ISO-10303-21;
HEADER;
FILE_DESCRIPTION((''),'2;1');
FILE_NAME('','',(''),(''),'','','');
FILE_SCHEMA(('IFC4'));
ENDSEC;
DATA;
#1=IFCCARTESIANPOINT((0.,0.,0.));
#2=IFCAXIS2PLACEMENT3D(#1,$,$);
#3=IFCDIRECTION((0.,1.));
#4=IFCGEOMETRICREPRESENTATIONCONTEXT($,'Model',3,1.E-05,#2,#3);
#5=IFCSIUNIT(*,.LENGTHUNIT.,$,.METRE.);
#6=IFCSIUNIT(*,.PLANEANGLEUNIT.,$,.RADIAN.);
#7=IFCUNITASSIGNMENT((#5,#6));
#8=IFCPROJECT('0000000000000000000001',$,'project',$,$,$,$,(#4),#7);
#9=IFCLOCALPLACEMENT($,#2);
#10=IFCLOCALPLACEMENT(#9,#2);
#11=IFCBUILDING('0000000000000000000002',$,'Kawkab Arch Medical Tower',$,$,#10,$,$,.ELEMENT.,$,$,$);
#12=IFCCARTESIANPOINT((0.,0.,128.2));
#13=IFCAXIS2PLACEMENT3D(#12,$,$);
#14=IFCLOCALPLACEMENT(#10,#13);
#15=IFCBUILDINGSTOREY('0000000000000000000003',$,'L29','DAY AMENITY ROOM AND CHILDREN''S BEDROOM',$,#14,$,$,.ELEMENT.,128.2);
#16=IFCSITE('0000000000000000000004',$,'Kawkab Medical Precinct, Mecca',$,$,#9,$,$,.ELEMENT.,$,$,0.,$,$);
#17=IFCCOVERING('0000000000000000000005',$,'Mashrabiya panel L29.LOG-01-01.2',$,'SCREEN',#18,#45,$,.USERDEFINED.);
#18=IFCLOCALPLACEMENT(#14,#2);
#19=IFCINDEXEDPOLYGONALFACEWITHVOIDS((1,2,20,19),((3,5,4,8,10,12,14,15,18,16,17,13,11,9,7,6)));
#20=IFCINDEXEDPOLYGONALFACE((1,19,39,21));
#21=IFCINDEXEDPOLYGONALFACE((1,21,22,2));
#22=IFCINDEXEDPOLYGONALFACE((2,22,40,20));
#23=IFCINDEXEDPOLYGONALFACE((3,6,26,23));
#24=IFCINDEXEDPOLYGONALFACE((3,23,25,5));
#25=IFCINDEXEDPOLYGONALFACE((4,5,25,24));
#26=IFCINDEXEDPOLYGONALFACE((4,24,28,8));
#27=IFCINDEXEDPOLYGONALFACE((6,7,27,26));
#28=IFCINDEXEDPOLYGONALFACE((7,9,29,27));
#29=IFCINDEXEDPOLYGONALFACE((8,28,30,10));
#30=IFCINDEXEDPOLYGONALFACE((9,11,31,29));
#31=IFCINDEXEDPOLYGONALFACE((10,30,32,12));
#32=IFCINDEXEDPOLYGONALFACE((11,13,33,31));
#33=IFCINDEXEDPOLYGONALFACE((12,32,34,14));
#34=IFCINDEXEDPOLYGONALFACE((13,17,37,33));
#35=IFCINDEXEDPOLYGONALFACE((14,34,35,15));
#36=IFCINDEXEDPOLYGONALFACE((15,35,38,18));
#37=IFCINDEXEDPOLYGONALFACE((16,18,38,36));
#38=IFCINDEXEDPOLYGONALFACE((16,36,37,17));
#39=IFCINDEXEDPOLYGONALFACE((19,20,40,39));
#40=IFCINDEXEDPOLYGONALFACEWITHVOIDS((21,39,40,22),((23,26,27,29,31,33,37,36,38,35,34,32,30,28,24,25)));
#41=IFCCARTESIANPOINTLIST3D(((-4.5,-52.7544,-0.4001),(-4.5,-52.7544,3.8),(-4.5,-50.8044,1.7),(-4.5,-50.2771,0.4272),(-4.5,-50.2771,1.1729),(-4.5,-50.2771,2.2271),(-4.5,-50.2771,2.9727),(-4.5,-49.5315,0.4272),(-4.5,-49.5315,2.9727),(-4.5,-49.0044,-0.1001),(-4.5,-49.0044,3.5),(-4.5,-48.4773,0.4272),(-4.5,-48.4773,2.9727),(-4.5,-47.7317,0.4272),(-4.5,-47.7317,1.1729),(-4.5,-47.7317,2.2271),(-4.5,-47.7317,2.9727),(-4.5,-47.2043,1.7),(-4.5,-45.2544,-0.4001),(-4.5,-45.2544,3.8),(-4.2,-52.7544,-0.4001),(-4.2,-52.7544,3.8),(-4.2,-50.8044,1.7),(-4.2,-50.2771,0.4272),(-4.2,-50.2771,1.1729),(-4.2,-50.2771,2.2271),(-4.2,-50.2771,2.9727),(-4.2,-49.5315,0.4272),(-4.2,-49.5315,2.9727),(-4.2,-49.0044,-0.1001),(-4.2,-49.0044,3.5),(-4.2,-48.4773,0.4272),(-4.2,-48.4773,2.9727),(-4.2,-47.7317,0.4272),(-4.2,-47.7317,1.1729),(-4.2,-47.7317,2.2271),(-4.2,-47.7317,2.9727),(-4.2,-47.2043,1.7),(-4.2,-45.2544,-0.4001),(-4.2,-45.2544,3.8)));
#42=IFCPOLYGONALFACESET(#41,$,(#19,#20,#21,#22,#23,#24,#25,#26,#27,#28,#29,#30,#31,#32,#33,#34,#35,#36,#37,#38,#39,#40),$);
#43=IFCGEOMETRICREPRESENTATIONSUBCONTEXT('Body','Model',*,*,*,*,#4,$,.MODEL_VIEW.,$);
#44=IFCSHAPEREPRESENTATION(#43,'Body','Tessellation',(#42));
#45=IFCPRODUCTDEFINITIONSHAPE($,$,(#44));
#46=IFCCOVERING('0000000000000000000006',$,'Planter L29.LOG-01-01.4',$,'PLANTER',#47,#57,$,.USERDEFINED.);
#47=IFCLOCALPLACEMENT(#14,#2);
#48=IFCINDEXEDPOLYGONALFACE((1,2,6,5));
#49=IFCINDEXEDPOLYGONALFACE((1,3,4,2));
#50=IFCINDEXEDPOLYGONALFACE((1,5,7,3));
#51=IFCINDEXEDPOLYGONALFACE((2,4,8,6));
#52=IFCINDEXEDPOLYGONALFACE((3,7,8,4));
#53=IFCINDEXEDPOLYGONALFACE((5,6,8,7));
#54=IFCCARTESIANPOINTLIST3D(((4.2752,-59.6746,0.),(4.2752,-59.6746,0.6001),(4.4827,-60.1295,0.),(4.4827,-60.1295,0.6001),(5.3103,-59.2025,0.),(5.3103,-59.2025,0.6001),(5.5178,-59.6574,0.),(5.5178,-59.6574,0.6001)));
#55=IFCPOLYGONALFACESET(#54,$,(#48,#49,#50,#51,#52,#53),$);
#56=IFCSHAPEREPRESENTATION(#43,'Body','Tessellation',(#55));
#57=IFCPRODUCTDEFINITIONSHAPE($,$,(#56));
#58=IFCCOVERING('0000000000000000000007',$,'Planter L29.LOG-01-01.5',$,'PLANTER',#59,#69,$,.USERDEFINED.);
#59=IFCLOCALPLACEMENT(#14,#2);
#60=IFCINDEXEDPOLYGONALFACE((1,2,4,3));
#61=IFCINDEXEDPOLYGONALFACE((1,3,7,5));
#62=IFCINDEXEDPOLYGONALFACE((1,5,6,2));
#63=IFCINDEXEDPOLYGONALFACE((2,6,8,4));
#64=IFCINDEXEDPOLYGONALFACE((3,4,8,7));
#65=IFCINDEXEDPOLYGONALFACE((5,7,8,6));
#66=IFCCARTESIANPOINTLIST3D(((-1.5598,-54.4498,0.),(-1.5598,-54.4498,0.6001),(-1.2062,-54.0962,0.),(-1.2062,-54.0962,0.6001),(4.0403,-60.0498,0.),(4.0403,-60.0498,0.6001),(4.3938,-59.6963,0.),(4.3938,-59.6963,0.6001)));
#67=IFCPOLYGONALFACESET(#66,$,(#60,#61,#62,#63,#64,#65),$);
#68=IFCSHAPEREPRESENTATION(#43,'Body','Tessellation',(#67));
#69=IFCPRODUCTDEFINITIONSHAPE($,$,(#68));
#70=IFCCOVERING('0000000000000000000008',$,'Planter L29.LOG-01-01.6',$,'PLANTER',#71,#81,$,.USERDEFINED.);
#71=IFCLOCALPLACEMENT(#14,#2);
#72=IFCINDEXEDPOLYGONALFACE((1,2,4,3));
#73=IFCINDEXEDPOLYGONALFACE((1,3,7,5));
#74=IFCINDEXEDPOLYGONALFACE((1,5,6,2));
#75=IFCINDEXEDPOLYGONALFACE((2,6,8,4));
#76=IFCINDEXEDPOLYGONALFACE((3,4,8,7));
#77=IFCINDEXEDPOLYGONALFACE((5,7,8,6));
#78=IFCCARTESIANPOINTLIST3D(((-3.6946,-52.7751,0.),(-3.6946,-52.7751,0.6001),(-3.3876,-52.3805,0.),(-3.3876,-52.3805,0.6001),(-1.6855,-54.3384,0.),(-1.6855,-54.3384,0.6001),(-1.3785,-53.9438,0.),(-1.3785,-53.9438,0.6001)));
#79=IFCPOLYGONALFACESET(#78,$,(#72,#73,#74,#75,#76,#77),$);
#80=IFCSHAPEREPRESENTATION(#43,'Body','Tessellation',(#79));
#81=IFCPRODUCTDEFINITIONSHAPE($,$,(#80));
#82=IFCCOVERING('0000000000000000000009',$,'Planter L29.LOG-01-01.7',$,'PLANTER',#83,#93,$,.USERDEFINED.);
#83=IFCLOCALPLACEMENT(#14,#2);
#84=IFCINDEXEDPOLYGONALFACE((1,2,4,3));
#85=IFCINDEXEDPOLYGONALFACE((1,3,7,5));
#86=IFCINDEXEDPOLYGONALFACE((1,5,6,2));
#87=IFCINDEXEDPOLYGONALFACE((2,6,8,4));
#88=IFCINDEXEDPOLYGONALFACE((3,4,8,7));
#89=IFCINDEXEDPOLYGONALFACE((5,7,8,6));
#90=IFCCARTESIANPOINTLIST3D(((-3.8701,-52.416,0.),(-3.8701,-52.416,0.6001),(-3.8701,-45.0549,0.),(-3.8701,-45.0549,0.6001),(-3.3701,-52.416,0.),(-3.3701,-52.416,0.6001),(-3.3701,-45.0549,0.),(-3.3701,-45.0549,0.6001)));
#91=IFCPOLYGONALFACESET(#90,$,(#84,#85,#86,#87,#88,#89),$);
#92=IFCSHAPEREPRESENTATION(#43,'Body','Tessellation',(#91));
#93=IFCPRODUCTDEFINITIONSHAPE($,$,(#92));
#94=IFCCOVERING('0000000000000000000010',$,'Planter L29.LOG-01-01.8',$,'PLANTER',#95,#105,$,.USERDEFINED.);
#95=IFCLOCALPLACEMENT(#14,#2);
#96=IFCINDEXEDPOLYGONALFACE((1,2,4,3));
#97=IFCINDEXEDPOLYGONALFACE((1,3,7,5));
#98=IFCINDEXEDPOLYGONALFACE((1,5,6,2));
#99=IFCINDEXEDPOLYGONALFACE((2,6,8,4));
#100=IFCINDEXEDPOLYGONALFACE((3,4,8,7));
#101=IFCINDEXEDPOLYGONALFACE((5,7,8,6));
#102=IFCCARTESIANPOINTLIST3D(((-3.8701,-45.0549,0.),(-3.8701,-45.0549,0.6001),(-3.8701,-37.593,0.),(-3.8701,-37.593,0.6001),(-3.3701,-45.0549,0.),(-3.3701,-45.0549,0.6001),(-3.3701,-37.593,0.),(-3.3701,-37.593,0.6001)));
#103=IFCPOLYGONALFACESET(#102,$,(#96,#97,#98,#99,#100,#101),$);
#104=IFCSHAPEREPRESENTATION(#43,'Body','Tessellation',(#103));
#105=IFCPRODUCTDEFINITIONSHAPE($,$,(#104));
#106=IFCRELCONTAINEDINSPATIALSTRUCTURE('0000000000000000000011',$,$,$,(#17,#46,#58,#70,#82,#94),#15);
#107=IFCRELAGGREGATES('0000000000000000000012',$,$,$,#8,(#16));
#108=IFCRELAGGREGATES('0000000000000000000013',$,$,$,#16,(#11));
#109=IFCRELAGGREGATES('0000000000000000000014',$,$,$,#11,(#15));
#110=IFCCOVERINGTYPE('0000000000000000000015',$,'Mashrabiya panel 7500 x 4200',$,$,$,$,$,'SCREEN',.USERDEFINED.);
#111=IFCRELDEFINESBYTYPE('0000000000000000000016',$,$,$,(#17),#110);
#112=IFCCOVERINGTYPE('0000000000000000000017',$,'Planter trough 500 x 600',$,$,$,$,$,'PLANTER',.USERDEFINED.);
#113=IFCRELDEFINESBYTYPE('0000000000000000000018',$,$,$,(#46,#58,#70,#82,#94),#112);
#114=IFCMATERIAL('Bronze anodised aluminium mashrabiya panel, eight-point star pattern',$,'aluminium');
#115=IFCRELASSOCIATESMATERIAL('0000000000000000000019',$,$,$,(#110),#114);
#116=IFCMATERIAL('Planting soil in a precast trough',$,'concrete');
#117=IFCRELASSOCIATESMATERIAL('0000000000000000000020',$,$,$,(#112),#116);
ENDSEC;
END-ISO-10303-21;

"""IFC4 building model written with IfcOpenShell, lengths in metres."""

from ifc_helpers import new_model, si_unit, direction, frame, origin, origin_2d, place, context, subcontext, project, spatial, polyline, rectangle, outline, extrude, material, material_profile, profile_set, type_object, element, save


model = new_model("IFC4")

# Units and contexts
model_context = context("Model", 3, precision=1e-05, world=origin(), true_north=direction((0.0, 1.0)))
body_context = subcontext(model_context, "Body", "Model", "MODEL_VIEW")
ifc_project = project(units=[si_unit("LENGTHUNIT", "METRE"), si_unit("PLANEANGLEUNIT", "RADIAN")], contexts=[model_context])

# Site, building, storey
site_placement = place(None, origin())
site = spatial("IfcSite", under=ifc_project, at=site_placement, Name="Kawkab Medical Precinct, Mecca", CompositionType="ELEMENT", RefElevation=0.0)
building_placement = place(site_placement, origin())
building = spatial("IfcBuilding", under=site, at=building_placement, Name="Kawkab Arch Medical Tower", CompositionType="ELEMENT")
storey_placement = place(building_placement, frame((0.0, 0.0, 128.2)))
storey = spatial("IfcBuildingStorey", under=building, at=storey_placement, Name="L29", Description="DAY AMENITY ROOM AND CHILDREN'S BEDROOM", CompositionType="ELEMENT", Elevation=128.2)

# Coverings
ifc_material_1 = material(Name="Bronze anodised aluminium mashrabiya panel, eight-point star pattern", Category="aluminium")
ifc_material_profile_1 = material_profile(ifc_material_1, outline(polyline([(-3.75, -2.1001), (3.75, -2.1001), (3.75, 2.1001), (-3.75, 2.1001), (-3.75, -2.1001)]), holes=[polyline([(1.8, 0.0), (1.2727, 0.5271), (1.2727, 1.2727), (0.5271, 1.2727), (0.0, 1.8), (-0.5271, 1.2727), (-1.2727, 1.2727), (-1.2727, 0.5271), (-1.8, 0.0), (-1.2727, -0.5271), (-1.2727, -1.2727), (-0.5271, -1.2727), (0.0, -1.8), (0.5271, -1.2727), (1.2727, -1.2727), (1.2727, -0.5271), (1.8, 0.0)])]), Name="Mashrabiya panel 7500x4200")
ifc_profile_set_1 = profile_set([ifc_material_profile_1], Name="Bronze anodised aluminium mashrabiya panel, eight-point star pattern")
covering_type_1 = type_object("IfcCoveringType", Name="Mashrabiya panel 7500 x 4200", ElementType="SCREEN", PredefinedType="USERDEFINED", material=ifc_profile_set_1)
covering_1_placement = place(storey_placement, frame((-4.2, -49.0044, 1.7), z_axis=(-1.0, 0.0, 0.0), x_axis=(0.0, -1.0, 0.0)))
element("IfcCovering", 1, at=covering_1_placement, inside=storey, type_object=covering_type_1, Name="Mashrabiya panel L29.LOG-01-01.2", ObjectType="SCREEN", PredefinedType="USERDEFINED", context=body_context, shape_type="SweptSolid", body=[
    extrude(outline(polyline([(-3.75, -2.1001), (3.75, -2.1001), (3.75, 2.1001), (-3.75, 2.1001), (-3.75, -2.1001)]), holes=[polyline([(1.8, 0.0), (1.2727, 0.5271), (1.2727, 1.2727), (0.5271, 1.2727), (0.0, 1.8), (-0.5271, 1.2727), (-1.2727, 1.2727), (-1.2727, 0.5271), (-1.8, 0.0), (-1.2727, -0.5271), (-1.2727, -1.2727), (-0.5271, -1.2727), (0.0, -1.8), (0.5271, -1.2727), (1.2727, -1.2727), (1.2727, -0.5271), (1.8, 0.0)])]), origin(), (0.0, 0.0, 1.0), 0.3),
])
ifc_material_2 = material(Name="Planting soil in a precast trough", Category="concrete")
ifc_material_profile_2 = material_profile(ifc_material_2, rectangle(XDim=0.5, YDim=0.6001, at=origin_2d()), Name="Trough 500x600")
ifc_profile_set_2 = profile_set([ifc_material_profile_2], Name="Planting soil in a precast trough")
covering_type_2 = type_object("IfcCoveringType", Name="Planter trough 500 x 600", ElementType="PLANTER", PredefinedType="USERDEFINED", material=ifc_profile_set_2)
covering_2_placement = place(storey_placement, frame((5.4141, -59.4299, 0.3), z_axis=(-0.909822, -0.414999, 0.0), x_axis=(0.414999, -0.909822, 0.0)))
element("IfcCovering", 2, at=covering_2_placement, inside=storey, type_object=covering_type_2, Name="Planter L29.LOG-01-01.4", ObjectType="PLANTER", PredefinedType="USERDEFINED", context=body_context, shape_type="SweptSolid", body=[
    extrude(rectangle(XDim=0.5, YDim=0.6001, at=origin_2d()), origin(), (0.0, 0.0, 1.0), 1.1377),
])
covering_3_placement = place(storey_placement, frame((4.217, -59.873, 0.3), z_axis=(-0.707107, 0.707107, 0.0), x_axis=(-0.707107, -0.707107, 0.0)))
element("IfcCovering", 3, at=covering_3_placement, inside=storey, type_object=covering_type_2, Name="Planter L29.LOG-01-01.5", ObjectType="PLANTER", PredefinedType="USERDEFINED", context=body_context, shape_type="SweptSolid", body=[
    extrude(rectangle(XDim=0.5, YDim=0.6001, at=origin_2d()), origin(), (0.0, 0.0, 1.0), 7.9197),
])
covering_4_placement = place(storey_placement, frame((-1.532, -54.1411, 0.3), z_axis=(-0.789228, 0.6141, 0.0), x_axis=(-0.6141, -0.789228, 0.0)))
element("IfcCovering", 4, at=covering_4_placement, inside=storey, type_object=covering_type_2, Name="Planter L29.LOG-01-01.6", ObjectType="PLANTER", PredefinedType="USERDEFINED", context=body_context, shape_type="SweptSolid", body=[
    extrude(rectangle(XDim=0.5, YDim=0.6001, at=origin_2d()), origin(), (0.0, 0.0, 1.0), 2.5457),
])
covering_5_placement = place(storey_placement, frame((-3.6201, -52.416, 0.3), z_axis=(0.0, 1.0, 0.0), x_axis=(-1.0, 0.0, 0.0)))
element("IfcCovering", 5, at=covering_5_placement, inside=storey, type_object=covering_type_2, Name="Planter L29.LOG-01-01.7", ObjectType="PLANTER", PredefinedType="USERDEFINED", context=body_context, shape_type="SweptSolid", body=[
    extrude(rectangle(XDim=0.5, YDim=0.6001, at=origin_2d()), origin(), (0.0, 0.0, 1.0), 7.3611),
])
covering_6_placement = place(storey_placement, frame((-3.6201, -45.0549, 0.3), z_axis=(0.0, 1.0, 0.0), x_axis=(-1.0, 0.0, 0.0)))
element("IfcCovering", 6, at=covering_6_placement, inside=storey, type_object=covering_type_2, Name="Planter L29.LOG-01-01.8", ObjectType="PLANTER", PredefinedType="USERDEFINED", context=body_context, shape_type="SweptSolid", body=[
    extrude(rectangle(XDim=0.5, YDim=0.6001, at=origin_2d()), origin(), (0.0, 0.0, 1.0), 7.4619),
])

save(model, "model.ifc")
